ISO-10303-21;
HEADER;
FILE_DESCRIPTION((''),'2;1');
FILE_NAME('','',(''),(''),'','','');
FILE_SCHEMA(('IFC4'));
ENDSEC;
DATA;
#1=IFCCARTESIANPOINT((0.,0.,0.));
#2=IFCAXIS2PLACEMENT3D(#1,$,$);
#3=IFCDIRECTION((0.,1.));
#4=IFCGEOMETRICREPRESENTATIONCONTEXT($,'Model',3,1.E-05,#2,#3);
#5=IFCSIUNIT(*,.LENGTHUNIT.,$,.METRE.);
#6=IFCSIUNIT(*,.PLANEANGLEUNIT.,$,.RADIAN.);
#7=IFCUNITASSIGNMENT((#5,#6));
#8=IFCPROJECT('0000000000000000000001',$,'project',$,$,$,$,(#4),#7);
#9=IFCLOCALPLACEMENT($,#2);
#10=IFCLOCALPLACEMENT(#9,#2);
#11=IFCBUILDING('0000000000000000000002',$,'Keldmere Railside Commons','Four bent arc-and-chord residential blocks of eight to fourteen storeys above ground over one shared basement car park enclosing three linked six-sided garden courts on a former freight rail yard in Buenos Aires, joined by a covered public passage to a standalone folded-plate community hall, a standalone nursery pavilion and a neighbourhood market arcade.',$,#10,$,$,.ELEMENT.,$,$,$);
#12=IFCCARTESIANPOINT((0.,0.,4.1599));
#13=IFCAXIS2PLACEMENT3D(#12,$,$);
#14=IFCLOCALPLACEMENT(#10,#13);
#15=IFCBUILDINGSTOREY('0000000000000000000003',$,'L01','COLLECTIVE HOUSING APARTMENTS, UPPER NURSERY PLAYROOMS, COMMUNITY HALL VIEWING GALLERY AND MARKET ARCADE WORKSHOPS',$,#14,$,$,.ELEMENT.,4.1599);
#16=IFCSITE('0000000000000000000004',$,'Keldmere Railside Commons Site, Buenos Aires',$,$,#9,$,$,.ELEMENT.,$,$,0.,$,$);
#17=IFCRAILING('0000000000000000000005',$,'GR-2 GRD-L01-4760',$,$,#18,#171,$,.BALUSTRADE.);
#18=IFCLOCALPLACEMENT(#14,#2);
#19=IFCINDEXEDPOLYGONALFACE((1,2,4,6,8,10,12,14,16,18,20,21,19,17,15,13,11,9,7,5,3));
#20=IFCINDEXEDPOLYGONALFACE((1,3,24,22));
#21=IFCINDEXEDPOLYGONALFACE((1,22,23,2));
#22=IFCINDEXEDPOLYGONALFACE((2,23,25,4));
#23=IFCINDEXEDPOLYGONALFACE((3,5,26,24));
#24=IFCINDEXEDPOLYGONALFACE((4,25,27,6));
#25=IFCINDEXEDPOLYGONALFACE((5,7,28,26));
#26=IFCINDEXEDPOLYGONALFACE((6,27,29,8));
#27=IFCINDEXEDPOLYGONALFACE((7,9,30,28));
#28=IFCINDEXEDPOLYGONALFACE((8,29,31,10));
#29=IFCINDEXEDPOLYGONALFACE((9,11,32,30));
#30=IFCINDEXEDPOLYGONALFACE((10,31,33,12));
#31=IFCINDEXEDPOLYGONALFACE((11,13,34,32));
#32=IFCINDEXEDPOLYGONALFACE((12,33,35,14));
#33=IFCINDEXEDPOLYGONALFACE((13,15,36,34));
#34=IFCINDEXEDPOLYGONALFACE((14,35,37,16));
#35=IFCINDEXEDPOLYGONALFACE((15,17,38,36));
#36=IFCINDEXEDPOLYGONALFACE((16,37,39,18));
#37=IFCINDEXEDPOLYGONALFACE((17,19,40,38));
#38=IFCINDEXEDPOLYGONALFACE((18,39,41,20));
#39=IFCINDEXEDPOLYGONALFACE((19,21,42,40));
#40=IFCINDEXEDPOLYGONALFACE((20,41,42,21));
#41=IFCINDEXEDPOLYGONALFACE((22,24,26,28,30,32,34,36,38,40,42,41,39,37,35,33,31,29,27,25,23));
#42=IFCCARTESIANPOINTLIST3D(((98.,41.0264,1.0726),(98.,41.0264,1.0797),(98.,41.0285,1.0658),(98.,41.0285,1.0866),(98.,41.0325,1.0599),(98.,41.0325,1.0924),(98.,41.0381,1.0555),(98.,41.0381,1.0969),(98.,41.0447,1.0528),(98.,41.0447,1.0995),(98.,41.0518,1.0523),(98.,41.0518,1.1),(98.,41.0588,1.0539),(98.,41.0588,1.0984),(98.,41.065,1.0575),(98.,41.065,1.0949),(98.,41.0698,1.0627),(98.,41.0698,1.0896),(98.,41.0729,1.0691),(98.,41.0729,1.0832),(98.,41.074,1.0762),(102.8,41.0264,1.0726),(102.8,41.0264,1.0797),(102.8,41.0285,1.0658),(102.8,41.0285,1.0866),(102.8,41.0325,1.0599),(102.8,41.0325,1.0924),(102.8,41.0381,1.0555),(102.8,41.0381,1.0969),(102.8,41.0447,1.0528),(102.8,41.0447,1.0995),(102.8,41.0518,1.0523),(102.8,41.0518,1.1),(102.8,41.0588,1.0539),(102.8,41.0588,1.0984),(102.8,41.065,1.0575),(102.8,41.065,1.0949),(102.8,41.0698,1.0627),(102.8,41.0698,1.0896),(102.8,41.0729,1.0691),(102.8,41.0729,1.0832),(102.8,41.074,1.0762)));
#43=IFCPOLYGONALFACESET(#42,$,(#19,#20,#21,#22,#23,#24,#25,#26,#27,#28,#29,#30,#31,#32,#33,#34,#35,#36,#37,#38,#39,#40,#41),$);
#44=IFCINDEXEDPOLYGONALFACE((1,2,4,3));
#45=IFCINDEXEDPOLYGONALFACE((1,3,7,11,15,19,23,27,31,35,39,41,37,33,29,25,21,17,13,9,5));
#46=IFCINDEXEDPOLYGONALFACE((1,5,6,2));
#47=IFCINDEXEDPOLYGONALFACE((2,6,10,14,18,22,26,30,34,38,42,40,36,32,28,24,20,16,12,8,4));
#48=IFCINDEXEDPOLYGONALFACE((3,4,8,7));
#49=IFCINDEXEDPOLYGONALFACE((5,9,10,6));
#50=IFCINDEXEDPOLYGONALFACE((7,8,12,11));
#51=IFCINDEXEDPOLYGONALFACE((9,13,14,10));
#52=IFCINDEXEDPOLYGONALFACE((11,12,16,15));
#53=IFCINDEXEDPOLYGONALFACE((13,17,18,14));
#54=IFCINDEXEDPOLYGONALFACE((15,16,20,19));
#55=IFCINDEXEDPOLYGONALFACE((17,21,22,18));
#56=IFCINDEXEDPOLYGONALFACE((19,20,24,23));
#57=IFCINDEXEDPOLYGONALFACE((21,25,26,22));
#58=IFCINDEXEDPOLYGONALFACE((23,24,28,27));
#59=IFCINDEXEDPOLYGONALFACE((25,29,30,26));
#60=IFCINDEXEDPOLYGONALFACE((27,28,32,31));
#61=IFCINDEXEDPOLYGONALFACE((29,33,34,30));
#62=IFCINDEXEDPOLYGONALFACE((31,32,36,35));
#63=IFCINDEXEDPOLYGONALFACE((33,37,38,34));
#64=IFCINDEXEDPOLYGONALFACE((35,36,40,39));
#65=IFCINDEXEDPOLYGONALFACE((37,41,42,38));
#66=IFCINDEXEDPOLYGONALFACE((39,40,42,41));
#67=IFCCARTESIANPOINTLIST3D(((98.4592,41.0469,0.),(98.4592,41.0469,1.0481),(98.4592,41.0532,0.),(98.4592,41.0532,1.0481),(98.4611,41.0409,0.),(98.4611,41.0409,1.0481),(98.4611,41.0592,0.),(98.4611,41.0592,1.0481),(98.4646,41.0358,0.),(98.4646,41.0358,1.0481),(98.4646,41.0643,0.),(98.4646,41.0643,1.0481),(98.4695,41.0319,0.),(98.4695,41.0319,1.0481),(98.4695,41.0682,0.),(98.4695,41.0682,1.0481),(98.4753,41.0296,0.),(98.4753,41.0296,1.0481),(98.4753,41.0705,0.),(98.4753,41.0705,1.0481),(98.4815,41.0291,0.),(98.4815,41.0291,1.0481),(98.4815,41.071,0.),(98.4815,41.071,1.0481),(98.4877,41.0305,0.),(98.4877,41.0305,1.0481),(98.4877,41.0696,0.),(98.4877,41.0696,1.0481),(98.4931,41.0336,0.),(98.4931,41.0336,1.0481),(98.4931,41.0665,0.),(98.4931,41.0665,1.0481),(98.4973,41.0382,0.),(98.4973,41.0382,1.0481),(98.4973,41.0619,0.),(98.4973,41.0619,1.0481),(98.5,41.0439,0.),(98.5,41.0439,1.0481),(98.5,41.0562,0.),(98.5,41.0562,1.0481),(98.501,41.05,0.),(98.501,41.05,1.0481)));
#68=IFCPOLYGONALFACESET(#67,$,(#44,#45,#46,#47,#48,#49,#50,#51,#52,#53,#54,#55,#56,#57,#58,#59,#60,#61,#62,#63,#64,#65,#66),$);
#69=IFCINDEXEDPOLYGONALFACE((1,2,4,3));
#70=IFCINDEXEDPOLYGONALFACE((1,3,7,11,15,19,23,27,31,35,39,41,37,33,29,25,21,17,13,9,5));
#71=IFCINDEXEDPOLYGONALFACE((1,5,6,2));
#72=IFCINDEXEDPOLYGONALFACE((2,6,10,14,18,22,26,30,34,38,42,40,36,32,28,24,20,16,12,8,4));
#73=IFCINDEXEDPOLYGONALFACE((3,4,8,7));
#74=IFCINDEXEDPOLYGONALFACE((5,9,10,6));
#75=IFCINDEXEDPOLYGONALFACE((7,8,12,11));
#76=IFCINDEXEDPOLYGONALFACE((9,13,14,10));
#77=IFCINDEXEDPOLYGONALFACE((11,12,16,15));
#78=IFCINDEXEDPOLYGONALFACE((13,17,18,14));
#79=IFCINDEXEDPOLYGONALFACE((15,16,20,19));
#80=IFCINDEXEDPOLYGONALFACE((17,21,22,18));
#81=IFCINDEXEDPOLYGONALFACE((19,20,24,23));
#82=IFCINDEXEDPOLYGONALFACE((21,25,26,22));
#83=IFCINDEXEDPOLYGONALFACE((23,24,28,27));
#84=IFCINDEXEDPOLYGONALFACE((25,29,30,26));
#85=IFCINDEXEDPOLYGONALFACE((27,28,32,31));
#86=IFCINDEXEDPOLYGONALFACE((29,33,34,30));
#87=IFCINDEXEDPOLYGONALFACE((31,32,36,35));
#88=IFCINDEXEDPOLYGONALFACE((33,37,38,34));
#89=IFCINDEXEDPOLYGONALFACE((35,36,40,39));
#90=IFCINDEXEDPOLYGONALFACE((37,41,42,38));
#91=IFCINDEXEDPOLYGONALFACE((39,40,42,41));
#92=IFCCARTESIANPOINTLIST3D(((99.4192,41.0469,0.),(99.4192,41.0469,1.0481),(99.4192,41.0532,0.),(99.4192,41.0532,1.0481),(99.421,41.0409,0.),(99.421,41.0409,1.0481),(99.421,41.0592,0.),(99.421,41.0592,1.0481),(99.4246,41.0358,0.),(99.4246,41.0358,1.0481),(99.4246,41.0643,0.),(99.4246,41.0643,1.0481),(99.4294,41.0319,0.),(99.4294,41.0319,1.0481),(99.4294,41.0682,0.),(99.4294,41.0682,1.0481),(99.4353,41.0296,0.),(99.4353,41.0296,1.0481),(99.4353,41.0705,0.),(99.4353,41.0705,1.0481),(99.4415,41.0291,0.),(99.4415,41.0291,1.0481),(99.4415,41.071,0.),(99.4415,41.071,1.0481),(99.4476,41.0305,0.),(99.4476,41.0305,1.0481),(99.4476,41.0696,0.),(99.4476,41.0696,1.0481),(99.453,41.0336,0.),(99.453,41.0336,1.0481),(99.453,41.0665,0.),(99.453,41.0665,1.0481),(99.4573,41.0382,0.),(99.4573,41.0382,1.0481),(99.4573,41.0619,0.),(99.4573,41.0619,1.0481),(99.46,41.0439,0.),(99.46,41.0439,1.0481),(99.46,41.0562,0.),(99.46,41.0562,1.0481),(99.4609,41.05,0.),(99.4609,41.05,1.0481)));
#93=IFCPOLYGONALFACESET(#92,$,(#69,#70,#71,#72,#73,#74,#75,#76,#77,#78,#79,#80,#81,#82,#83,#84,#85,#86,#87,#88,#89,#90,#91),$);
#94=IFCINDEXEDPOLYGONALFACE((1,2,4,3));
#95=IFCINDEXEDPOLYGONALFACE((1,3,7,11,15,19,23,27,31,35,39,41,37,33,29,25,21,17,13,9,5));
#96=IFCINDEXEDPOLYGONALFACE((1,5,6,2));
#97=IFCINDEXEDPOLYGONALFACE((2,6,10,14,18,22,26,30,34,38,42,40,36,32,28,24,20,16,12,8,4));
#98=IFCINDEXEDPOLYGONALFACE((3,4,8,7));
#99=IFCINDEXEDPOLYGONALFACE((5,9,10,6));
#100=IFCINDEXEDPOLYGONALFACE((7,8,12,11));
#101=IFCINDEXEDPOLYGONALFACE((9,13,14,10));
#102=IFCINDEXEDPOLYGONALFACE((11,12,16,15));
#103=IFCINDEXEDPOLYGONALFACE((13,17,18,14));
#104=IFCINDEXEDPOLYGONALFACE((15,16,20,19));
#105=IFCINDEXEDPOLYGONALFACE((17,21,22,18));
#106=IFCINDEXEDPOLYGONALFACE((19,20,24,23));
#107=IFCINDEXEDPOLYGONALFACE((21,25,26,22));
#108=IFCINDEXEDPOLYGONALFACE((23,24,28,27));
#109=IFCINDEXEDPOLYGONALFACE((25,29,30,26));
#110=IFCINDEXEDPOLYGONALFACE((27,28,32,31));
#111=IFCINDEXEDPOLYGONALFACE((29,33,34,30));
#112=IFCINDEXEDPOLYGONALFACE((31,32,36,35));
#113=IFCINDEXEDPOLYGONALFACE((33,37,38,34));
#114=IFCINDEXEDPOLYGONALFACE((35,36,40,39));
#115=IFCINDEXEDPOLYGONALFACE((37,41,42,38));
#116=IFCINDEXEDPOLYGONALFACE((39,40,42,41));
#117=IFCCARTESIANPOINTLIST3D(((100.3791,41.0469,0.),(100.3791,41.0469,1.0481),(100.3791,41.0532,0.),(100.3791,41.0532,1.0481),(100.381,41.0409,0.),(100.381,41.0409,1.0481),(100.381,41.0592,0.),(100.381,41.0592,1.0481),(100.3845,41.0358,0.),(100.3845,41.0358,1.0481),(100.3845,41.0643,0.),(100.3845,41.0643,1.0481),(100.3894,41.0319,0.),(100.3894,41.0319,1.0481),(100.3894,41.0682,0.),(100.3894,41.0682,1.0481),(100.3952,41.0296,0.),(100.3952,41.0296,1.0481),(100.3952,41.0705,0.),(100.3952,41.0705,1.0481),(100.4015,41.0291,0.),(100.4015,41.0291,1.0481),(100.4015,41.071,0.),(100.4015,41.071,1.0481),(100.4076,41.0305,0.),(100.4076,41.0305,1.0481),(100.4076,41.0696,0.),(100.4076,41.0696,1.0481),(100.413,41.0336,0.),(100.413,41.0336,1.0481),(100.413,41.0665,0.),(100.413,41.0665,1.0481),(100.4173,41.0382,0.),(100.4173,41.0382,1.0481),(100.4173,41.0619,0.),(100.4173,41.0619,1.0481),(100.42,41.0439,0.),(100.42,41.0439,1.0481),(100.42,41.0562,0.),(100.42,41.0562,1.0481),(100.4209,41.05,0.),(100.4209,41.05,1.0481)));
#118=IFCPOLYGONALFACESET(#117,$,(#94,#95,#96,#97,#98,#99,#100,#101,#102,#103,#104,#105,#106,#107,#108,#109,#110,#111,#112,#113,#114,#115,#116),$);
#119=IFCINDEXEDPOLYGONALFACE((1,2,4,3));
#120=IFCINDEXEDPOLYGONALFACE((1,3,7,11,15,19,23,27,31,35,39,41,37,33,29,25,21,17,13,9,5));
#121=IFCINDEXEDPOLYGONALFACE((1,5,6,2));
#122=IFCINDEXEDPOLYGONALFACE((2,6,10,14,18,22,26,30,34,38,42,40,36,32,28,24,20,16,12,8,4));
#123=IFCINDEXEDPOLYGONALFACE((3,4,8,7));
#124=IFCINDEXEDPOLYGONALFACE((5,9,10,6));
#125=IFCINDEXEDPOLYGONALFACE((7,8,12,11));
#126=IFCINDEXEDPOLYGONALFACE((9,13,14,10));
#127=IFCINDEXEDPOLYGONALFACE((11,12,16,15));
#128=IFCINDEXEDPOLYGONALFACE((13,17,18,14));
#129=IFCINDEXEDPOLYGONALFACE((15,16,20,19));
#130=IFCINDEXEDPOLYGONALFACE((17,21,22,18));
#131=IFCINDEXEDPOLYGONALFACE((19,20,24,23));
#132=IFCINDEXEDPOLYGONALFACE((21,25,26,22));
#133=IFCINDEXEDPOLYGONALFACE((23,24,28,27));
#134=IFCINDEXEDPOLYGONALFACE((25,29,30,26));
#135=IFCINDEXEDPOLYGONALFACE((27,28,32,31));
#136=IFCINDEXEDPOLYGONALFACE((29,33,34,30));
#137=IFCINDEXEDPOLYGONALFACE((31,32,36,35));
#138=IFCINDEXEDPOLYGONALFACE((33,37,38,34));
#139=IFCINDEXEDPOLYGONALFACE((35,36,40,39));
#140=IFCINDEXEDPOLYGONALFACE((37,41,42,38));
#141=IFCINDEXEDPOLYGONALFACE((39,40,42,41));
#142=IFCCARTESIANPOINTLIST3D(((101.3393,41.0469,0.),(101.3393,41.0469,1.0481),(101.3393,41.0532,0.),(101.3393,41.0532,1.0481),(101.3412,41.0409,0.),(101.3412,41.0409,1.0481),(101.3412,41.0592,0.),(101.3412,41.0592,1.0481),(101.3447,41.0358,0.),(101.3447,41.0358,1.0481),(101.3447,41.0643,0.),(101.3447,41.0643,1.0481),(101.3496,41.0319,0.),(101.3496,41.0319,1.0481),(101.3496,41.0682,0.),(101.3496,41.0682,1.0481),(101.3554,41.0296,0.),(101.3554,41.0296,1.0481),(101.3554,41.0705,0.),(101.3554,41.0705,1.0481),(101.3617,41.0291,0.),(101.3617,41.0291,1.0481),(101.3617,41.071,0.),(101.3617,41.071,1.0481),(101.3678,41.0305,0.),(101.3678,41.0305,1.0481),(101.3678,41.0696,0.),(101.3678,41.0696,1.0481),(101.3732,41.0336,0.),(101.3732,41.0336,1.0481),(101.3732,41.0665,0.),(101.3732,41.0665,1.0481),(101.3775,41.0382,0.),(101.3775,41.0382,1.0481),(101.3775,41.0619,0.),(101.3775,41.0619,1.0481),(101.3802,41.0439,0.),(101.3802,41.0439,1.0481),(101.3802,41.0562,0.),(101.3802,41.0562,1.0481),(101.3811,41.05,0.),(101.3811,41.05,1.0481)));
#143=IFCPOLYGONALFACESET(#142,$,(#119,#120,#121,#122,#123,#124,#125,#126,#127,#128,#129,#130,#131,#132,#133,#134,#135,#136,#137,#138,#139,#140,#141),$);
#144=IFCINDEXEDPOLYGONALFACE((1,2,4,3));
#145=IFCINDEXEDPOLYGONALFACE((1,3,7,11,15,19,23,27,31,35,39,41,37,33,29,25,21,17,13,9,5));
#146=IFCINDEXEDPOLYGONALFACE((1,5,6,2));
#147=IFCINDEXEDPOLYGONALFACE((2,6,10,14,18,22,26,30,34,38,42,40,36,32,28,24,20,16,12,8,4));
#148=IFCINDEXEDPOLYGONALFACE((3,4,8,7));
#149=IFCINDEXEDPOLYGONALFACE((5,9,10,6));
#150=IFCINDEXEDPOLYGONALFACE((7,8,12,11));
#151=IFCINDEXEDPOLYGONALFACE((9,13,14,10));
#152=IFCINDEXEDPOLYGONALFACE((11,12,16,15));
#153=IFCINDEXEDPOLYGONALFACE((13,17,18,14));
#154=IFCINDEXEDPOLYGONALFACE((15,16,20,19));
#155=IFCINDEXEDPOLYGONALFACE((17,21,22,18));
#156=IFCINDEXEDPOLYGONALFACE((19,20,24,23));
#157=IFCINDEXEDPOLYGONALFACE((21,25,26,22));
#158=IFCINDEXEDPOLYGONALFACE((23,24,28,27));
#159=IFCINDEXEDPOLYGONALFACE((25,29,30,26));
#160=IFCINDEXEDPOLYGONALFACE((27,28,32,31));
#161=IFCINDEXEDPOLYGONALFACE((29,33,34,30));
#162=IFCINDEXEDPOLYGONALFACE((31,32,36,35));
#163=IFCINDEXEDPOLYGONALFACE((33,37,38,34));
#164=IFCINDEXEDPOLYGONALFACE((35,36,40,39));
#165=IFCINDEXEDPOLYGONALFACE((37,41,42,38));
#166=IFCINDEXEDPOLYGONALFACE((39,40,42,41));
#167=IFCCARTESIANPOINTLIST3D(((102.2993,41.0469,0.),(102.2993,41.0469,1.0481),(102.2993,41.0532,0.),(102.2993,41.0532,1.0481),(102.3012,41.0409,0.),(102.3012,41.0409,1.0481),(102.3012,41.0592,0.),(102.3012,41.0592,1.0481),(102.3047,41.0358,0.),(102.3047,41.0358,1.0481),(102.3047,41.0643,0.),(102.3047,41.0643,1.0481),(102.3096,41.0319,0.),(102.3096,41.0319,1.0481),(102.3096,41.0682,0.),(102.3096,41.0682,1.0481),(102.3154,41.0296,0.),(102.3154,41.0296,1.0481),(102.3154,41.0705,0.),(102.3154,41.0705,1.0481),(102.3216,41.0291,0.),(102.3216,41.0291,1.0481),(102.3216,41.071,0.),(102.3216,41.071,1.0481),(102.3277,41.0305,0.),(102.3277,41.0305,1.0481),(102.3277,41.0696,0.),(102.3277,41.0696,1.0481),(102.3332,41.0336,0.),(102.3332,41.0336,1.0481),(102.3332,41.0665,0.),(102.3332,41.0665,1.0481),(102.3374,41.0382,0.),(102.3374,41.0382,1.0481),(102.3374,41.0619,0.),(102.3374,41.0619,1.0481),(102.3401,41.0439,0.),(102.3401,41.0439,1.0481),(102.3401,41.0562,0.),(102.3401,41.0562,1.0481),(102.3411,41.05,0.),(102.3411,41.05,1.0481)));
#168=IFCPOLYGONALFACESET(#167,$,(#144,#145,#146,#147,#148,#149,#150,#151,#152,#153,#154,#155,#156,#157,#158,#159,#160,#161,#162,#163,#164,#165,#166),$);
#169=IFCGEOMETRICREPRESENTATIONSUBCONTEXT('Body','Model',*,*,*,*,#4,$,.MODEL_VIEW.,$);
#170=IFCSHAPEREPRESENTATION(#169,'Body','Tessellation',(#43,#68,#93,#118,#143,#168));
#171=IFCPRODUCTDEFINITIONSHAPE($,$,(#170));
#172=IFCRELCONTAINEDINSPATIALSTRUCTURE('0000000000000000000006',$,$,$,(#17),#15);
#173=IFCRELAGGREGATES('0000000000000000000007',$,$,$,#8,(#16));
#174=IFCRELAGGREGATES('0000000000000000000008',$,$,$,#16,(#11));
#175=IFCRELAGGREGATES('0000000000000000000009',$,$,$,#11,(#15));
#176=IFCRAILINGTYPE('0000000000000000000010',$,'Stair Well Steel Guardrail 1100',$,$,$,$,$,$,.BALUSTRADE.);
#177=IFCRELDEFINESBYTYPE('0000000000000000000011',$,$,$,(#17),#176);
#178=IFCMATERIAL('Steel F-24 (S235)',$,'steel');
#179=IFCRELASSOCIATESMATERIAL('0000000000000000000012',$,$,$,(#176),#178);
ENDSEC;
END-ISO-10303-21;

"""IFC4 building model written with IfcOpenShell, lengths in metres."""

from ifc_helpers import new_model, si_unit, direction, frame, origin, origin_2d, place, context, subcontext, project, spatial, circle, extrude, material, type_object, element, save


model = new_model("IFC4")

# Units and contexts
model_context = context("Model", 3, precision=1e-05, world=origin(), true_north=direction((0.0, 1.0)))
body_context = subcontext(model_context, "Body", "Model", "MODEL_VIEW")
ifc_project = project(units=[si_unit("LENGTHUNIT", "METRE"), si_unit("PLANEANGLEUNIT", "RADIAN")], contexts=[model_context])

# Site, building, storey
site_placement = place(None, origin())
site = spatial("IfcSite", under=ifc_project, at=site_placement, Name="Keldmere Railside Commons Site, Buenos Aires", CompositionType="ELEMENT", RefElevation=0.0)
building_placement = place(site_placement, origin())
building = spatial("IfcBuilding", under=site, at=building_placement, Name="Keldmere Railside Commons", Description="Four bent arc-and-chord residential blocks of eight to fourteen storeys above ground over one shared basement car park enclosing three linked six-sided garden courts on a former freight rail yard in Buenos Aires, joined by a covered public passage to a standalone folded-plate community hall, a standalone nursery pavilion and a neighbourhood market arcade.", CompositionType="ELEMENT")
storey_placement = place(building_placement, frame((0.0, 0.0, 4.1599)))
storey = spatial("IfcBuildingStorey", under=building, at=storey_placement, Name="L01", Description="COLLECTIVE HOUSING APARTMENTS, UPPER NURSERY PLAYROOMS, COMMUNITY HALL VIEWING GALLERY AND MARKET ARCADE WORKSHOPS", CompositionType="ELEMENT", Elevation=4.1599)

# Railing
ifc_material_1 = material(Name="Steel F-24 (S235)", Category="steel")
railing_type = type_object("IfcRailingType", Name="Stair Well Steel Guardrail 1100", PredefinedType="BALUSTRADE", material=ifc_material_1)
railing_1_placement = place(storey_placement, frame((98.0, 41.05, 0.0)))
element("IfcRailing", 1, at=railing_1_placement, inside=storey, type_object=railing_type, Name="GR-2 GRD-L01-4760", PredefinedType="BALUSTRADE", context=body_context, shape_type="SweptSolid", body=[
    extrude(circle(Radius=0.0239, at=origin_2d()), frame((0.0, 0.0, 1.0762), z_axis=(1.0, 0.0, 0.0), x_axis=(0.0, 1.0, 0.0)), (0.0, 0.0, 1.0), 4.8),
    extrude(circle(Radius=0.021, at=origin_2d()), frame((0.48, 0.0, 0.0)), (0.0, 0.0, 1.0), 1.0481),
    extrude(circle(Radius=0.021, at=origin_2d()), frame((1.4399, 0.0, 0.0)), (0.0, 0.0, 1.0), 1.0481),
    extrude(circle(Radius=0.021, at=origin_2d()), frame((2.3999, 0.0, 0.0)), (0.0, 0.0, 1.0), 1.0481),
    extrude(circle(Radius=0.021, at=origin_2d()), frame((3.3601, 0.0, 0.0)), (0.0, 0.0, 1.0), 1.0481),
    extrude(circle(Radius=0.021, at=origin_2d()), frame((4.3201, 0.0, 0.0)), (0.0, 0.0, 1.0), 1.0481),
])

save(model, "model.ifc")
